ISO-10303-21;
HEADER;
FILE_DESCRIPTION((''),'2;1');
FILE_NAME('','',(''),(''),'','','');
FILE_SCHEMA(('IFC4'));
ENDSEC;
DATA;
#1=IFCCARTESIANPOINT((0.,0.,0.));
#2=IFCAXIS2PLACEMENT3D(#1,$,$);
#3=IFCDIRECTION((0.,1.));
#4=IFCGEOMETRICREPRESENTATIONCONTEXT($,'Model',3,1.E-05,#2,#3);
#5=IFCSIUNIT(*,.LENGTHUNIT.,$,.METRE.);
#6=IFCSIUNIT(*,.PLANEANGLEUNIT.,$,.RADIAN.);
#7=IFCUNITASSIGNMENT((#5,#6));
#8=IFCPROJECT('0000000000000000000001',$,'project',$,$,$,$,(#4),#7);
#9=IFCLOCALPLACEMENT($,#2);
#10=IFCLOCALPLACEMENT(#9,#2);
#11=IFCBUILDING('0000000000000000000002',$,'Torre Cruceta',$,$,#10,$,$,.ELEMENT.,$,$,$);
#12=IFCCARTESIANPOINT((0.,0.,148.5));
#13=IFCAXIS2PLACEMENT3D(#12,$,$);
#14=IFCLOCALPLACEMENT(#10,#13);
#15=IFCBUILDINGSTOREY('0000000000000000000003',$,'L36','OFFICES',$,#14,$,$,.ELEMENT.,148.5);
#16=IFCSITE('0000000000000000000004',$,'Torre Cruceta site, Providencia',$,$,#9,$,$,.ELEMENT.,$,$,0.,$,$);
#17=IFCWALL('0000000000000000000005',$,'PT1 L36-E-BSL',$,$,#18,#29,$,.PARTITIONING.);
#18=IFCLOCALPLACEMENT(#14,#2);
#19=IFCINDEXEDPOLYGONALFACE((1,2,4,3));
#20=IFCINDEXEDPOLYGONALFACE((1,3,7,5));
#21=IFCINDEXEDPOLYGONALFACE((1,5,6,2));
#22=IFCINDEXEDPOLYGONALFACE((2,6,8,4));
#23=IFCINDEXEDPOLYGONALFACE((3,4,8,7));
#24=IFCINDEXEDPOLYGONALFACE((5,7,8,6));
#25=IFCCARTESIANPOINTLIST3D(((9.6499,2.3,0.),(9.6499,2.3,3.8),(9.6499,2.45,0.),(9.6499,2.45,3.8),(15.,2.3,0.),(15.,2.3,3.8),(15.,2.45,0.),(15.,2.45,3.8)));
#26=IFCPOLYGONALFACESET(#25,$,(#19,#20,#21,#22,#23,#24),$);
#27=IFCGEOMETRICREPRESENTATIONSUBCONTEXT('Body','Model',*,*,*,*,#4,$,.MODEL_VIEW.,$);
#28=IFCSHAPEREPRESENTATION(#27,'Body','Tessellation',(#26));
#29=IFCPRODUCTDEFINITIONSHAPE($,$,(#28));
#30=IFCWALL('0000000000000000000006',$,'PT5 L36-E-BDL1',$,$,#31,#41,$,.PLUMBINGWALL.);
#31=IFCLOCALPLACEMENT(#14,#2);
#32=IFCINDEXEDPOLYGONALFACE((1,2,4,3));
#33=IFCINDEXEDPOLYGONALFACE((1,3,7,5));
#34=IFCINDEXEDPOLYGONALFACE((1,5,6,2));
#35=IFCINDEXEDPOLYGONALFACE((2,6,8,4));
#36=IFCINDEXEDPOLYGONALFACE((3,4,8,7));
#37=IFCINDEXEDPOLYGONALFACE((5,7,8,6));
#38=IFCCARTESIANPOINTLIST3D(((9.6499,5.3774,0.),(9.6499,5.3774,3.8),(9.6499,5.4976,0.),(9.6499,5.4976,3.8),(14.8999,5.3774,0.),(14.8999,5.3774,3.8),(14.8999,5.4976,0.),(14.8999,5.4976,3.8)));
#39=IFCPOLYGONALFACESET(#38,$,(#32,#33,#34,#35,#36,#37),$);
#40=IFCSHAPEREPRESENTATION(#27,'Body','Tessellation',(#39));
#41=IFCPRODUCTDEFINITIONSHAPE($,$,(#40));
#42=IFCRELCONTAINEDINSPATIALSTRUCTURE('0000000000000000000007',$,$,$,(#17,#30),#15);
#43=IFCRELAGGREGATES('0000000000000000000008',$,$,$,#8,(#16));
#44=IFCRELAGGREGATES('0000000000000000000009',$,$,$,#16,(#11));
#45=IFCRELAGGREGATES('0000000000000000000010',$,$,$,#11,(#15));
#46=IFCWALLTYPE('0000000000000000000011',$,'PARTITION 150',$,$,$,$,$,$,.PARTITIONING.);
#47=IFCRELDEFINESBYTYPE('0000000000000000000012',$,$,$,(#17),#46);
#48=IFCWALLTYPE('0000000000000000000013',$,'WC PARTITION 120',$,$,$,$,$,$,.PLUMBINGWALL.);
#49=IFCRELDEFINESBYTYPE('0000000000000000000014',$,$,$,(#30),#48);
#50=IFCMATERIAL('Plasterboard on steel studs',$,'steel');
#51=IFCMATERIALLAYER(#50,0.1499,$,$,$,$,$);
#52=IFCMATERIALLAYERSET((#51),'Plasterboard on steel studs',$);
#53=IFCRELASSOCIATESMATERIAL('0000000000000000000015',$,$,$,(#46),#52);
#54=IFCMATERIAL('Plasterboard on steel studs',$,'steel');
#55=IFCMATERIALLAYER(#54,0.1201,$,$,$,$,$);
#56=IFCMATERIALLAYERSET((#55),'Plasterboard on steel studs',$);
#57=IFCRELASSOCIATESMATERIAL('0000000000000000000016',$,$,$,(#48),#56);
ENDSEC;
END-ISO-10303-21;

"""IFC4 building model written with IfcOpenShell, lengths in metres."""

from ifc_helpers import new_model, si_unit, direction, frame, frame_2d, origin, place, context, subcontext, project, spatial, rectangle, extrude, material, layer, layer_set, type_object, element, save


model = new_model("IFC4")

# Units and contexts
model_context = context("Model", 3, precision=1e-05, world=origin(), true_north=direction((0.0, 1.0)))
body_context = subcontext(model_context, "Body", "Model", "MODEL_VIEW")
ifc_project = project(units=[si_unit("LENGTHUNIT", "METRE"), si_unit("PLANEANGLEUNIT", "RADIAN")], contexts=[model_context])

# Site, building, storey
site_placement = place(None, origin())
site = spatial("IfcSite", under=ifc_project, at=site_placement, Name="Torre Cruceta site, Providencia", CompositionType="ELEMENT", RefElevation=0.0)
building_placement = place(site_placement, origin())
building = spatial("IfcBuilding", under=site, at=building_placement, Name="Torre Cruceta", CompositionType="ELEMENT")
storey_placement = place(building_placement, frame((0.0, 0.0, 148.5)))
storey = spatial("IfcBuildingStorey", under=building, at=storey_placement, Name="L36", Description="OFFICES", CompositionType="ELEMENT", Elevation=148.5)

# Shared definitions
ifc_material_1 = material(Name="Plasterboard on steel studs", Category="steel")
ifc_layer_1 = layer(ifc_material_1, 0.1499)
ifc_layer_set_1 = layer_set([ifc_layer_1], Name="Plasterboard on steel studs")
wall_type_1 = type_object("IfcWallType", Name="PARTITION 150", PredefinedType="PARTITIONING", material=ifc_layer_set_1)

# Walls
wall_1_placement = place(storey_placement, frame((9.6499, 2.375, 0.0), z_axis=(0.0, 0.0, 1.0), x_axis=(1.0, 0.0, 0.0)))
element("IfcWall", 1, at=wall_1_placement, inside=storey, type_object=wall_type_1, Name="PT1 L36-E-BSL", PredefinedType="PARTITIONING", context=body_context, shape_type="SweptSolid", body=[
    extrude(rectangle(XDim=5.3501, YDim=0.1499, at=frame_2d((2.675, 0.0))), origin(), (0.0, 0.0, 1.0), 3.8),
])
ifc_material_2 = material(Name="Plasterboard on steel studs", Category="steel")
ifc_layer_2 = layer(ifc_material_2, 0.1201)
ifc_layer_set_2 = layer_set([ifc_layer_2], Name="Plasterboard on steel studs")
wall_type_2 = type_object("IfcWallType", Name="WC PARTITION 120", PredefinedType="PLUMBINGWALL", material=ifc_layer_set_2)
wall_2_placement = place(storey_placement, frame((9.6499, 5.4375, 0.0), z_axis=(0.0, 0.0, 1.0), x_axis=(1.0, 0.0, 0.0)))
element("IfcWall", 2, at=wall_2_placement, inside=storey, type_object=wall_type_2, Name="PT5 L36-E-BDL1", PredefinedType="PLUMBINGWALL", context=body_context, shape_type="SweptSolid", body=[
    extrude(rectangle(XDim=5.25, YDim=0.1201, at=frame_2d((2.625, 0.0))), origin(), (0.0, 0.0, 1.0), 3.8),
])

save(model, "model.ifc")
